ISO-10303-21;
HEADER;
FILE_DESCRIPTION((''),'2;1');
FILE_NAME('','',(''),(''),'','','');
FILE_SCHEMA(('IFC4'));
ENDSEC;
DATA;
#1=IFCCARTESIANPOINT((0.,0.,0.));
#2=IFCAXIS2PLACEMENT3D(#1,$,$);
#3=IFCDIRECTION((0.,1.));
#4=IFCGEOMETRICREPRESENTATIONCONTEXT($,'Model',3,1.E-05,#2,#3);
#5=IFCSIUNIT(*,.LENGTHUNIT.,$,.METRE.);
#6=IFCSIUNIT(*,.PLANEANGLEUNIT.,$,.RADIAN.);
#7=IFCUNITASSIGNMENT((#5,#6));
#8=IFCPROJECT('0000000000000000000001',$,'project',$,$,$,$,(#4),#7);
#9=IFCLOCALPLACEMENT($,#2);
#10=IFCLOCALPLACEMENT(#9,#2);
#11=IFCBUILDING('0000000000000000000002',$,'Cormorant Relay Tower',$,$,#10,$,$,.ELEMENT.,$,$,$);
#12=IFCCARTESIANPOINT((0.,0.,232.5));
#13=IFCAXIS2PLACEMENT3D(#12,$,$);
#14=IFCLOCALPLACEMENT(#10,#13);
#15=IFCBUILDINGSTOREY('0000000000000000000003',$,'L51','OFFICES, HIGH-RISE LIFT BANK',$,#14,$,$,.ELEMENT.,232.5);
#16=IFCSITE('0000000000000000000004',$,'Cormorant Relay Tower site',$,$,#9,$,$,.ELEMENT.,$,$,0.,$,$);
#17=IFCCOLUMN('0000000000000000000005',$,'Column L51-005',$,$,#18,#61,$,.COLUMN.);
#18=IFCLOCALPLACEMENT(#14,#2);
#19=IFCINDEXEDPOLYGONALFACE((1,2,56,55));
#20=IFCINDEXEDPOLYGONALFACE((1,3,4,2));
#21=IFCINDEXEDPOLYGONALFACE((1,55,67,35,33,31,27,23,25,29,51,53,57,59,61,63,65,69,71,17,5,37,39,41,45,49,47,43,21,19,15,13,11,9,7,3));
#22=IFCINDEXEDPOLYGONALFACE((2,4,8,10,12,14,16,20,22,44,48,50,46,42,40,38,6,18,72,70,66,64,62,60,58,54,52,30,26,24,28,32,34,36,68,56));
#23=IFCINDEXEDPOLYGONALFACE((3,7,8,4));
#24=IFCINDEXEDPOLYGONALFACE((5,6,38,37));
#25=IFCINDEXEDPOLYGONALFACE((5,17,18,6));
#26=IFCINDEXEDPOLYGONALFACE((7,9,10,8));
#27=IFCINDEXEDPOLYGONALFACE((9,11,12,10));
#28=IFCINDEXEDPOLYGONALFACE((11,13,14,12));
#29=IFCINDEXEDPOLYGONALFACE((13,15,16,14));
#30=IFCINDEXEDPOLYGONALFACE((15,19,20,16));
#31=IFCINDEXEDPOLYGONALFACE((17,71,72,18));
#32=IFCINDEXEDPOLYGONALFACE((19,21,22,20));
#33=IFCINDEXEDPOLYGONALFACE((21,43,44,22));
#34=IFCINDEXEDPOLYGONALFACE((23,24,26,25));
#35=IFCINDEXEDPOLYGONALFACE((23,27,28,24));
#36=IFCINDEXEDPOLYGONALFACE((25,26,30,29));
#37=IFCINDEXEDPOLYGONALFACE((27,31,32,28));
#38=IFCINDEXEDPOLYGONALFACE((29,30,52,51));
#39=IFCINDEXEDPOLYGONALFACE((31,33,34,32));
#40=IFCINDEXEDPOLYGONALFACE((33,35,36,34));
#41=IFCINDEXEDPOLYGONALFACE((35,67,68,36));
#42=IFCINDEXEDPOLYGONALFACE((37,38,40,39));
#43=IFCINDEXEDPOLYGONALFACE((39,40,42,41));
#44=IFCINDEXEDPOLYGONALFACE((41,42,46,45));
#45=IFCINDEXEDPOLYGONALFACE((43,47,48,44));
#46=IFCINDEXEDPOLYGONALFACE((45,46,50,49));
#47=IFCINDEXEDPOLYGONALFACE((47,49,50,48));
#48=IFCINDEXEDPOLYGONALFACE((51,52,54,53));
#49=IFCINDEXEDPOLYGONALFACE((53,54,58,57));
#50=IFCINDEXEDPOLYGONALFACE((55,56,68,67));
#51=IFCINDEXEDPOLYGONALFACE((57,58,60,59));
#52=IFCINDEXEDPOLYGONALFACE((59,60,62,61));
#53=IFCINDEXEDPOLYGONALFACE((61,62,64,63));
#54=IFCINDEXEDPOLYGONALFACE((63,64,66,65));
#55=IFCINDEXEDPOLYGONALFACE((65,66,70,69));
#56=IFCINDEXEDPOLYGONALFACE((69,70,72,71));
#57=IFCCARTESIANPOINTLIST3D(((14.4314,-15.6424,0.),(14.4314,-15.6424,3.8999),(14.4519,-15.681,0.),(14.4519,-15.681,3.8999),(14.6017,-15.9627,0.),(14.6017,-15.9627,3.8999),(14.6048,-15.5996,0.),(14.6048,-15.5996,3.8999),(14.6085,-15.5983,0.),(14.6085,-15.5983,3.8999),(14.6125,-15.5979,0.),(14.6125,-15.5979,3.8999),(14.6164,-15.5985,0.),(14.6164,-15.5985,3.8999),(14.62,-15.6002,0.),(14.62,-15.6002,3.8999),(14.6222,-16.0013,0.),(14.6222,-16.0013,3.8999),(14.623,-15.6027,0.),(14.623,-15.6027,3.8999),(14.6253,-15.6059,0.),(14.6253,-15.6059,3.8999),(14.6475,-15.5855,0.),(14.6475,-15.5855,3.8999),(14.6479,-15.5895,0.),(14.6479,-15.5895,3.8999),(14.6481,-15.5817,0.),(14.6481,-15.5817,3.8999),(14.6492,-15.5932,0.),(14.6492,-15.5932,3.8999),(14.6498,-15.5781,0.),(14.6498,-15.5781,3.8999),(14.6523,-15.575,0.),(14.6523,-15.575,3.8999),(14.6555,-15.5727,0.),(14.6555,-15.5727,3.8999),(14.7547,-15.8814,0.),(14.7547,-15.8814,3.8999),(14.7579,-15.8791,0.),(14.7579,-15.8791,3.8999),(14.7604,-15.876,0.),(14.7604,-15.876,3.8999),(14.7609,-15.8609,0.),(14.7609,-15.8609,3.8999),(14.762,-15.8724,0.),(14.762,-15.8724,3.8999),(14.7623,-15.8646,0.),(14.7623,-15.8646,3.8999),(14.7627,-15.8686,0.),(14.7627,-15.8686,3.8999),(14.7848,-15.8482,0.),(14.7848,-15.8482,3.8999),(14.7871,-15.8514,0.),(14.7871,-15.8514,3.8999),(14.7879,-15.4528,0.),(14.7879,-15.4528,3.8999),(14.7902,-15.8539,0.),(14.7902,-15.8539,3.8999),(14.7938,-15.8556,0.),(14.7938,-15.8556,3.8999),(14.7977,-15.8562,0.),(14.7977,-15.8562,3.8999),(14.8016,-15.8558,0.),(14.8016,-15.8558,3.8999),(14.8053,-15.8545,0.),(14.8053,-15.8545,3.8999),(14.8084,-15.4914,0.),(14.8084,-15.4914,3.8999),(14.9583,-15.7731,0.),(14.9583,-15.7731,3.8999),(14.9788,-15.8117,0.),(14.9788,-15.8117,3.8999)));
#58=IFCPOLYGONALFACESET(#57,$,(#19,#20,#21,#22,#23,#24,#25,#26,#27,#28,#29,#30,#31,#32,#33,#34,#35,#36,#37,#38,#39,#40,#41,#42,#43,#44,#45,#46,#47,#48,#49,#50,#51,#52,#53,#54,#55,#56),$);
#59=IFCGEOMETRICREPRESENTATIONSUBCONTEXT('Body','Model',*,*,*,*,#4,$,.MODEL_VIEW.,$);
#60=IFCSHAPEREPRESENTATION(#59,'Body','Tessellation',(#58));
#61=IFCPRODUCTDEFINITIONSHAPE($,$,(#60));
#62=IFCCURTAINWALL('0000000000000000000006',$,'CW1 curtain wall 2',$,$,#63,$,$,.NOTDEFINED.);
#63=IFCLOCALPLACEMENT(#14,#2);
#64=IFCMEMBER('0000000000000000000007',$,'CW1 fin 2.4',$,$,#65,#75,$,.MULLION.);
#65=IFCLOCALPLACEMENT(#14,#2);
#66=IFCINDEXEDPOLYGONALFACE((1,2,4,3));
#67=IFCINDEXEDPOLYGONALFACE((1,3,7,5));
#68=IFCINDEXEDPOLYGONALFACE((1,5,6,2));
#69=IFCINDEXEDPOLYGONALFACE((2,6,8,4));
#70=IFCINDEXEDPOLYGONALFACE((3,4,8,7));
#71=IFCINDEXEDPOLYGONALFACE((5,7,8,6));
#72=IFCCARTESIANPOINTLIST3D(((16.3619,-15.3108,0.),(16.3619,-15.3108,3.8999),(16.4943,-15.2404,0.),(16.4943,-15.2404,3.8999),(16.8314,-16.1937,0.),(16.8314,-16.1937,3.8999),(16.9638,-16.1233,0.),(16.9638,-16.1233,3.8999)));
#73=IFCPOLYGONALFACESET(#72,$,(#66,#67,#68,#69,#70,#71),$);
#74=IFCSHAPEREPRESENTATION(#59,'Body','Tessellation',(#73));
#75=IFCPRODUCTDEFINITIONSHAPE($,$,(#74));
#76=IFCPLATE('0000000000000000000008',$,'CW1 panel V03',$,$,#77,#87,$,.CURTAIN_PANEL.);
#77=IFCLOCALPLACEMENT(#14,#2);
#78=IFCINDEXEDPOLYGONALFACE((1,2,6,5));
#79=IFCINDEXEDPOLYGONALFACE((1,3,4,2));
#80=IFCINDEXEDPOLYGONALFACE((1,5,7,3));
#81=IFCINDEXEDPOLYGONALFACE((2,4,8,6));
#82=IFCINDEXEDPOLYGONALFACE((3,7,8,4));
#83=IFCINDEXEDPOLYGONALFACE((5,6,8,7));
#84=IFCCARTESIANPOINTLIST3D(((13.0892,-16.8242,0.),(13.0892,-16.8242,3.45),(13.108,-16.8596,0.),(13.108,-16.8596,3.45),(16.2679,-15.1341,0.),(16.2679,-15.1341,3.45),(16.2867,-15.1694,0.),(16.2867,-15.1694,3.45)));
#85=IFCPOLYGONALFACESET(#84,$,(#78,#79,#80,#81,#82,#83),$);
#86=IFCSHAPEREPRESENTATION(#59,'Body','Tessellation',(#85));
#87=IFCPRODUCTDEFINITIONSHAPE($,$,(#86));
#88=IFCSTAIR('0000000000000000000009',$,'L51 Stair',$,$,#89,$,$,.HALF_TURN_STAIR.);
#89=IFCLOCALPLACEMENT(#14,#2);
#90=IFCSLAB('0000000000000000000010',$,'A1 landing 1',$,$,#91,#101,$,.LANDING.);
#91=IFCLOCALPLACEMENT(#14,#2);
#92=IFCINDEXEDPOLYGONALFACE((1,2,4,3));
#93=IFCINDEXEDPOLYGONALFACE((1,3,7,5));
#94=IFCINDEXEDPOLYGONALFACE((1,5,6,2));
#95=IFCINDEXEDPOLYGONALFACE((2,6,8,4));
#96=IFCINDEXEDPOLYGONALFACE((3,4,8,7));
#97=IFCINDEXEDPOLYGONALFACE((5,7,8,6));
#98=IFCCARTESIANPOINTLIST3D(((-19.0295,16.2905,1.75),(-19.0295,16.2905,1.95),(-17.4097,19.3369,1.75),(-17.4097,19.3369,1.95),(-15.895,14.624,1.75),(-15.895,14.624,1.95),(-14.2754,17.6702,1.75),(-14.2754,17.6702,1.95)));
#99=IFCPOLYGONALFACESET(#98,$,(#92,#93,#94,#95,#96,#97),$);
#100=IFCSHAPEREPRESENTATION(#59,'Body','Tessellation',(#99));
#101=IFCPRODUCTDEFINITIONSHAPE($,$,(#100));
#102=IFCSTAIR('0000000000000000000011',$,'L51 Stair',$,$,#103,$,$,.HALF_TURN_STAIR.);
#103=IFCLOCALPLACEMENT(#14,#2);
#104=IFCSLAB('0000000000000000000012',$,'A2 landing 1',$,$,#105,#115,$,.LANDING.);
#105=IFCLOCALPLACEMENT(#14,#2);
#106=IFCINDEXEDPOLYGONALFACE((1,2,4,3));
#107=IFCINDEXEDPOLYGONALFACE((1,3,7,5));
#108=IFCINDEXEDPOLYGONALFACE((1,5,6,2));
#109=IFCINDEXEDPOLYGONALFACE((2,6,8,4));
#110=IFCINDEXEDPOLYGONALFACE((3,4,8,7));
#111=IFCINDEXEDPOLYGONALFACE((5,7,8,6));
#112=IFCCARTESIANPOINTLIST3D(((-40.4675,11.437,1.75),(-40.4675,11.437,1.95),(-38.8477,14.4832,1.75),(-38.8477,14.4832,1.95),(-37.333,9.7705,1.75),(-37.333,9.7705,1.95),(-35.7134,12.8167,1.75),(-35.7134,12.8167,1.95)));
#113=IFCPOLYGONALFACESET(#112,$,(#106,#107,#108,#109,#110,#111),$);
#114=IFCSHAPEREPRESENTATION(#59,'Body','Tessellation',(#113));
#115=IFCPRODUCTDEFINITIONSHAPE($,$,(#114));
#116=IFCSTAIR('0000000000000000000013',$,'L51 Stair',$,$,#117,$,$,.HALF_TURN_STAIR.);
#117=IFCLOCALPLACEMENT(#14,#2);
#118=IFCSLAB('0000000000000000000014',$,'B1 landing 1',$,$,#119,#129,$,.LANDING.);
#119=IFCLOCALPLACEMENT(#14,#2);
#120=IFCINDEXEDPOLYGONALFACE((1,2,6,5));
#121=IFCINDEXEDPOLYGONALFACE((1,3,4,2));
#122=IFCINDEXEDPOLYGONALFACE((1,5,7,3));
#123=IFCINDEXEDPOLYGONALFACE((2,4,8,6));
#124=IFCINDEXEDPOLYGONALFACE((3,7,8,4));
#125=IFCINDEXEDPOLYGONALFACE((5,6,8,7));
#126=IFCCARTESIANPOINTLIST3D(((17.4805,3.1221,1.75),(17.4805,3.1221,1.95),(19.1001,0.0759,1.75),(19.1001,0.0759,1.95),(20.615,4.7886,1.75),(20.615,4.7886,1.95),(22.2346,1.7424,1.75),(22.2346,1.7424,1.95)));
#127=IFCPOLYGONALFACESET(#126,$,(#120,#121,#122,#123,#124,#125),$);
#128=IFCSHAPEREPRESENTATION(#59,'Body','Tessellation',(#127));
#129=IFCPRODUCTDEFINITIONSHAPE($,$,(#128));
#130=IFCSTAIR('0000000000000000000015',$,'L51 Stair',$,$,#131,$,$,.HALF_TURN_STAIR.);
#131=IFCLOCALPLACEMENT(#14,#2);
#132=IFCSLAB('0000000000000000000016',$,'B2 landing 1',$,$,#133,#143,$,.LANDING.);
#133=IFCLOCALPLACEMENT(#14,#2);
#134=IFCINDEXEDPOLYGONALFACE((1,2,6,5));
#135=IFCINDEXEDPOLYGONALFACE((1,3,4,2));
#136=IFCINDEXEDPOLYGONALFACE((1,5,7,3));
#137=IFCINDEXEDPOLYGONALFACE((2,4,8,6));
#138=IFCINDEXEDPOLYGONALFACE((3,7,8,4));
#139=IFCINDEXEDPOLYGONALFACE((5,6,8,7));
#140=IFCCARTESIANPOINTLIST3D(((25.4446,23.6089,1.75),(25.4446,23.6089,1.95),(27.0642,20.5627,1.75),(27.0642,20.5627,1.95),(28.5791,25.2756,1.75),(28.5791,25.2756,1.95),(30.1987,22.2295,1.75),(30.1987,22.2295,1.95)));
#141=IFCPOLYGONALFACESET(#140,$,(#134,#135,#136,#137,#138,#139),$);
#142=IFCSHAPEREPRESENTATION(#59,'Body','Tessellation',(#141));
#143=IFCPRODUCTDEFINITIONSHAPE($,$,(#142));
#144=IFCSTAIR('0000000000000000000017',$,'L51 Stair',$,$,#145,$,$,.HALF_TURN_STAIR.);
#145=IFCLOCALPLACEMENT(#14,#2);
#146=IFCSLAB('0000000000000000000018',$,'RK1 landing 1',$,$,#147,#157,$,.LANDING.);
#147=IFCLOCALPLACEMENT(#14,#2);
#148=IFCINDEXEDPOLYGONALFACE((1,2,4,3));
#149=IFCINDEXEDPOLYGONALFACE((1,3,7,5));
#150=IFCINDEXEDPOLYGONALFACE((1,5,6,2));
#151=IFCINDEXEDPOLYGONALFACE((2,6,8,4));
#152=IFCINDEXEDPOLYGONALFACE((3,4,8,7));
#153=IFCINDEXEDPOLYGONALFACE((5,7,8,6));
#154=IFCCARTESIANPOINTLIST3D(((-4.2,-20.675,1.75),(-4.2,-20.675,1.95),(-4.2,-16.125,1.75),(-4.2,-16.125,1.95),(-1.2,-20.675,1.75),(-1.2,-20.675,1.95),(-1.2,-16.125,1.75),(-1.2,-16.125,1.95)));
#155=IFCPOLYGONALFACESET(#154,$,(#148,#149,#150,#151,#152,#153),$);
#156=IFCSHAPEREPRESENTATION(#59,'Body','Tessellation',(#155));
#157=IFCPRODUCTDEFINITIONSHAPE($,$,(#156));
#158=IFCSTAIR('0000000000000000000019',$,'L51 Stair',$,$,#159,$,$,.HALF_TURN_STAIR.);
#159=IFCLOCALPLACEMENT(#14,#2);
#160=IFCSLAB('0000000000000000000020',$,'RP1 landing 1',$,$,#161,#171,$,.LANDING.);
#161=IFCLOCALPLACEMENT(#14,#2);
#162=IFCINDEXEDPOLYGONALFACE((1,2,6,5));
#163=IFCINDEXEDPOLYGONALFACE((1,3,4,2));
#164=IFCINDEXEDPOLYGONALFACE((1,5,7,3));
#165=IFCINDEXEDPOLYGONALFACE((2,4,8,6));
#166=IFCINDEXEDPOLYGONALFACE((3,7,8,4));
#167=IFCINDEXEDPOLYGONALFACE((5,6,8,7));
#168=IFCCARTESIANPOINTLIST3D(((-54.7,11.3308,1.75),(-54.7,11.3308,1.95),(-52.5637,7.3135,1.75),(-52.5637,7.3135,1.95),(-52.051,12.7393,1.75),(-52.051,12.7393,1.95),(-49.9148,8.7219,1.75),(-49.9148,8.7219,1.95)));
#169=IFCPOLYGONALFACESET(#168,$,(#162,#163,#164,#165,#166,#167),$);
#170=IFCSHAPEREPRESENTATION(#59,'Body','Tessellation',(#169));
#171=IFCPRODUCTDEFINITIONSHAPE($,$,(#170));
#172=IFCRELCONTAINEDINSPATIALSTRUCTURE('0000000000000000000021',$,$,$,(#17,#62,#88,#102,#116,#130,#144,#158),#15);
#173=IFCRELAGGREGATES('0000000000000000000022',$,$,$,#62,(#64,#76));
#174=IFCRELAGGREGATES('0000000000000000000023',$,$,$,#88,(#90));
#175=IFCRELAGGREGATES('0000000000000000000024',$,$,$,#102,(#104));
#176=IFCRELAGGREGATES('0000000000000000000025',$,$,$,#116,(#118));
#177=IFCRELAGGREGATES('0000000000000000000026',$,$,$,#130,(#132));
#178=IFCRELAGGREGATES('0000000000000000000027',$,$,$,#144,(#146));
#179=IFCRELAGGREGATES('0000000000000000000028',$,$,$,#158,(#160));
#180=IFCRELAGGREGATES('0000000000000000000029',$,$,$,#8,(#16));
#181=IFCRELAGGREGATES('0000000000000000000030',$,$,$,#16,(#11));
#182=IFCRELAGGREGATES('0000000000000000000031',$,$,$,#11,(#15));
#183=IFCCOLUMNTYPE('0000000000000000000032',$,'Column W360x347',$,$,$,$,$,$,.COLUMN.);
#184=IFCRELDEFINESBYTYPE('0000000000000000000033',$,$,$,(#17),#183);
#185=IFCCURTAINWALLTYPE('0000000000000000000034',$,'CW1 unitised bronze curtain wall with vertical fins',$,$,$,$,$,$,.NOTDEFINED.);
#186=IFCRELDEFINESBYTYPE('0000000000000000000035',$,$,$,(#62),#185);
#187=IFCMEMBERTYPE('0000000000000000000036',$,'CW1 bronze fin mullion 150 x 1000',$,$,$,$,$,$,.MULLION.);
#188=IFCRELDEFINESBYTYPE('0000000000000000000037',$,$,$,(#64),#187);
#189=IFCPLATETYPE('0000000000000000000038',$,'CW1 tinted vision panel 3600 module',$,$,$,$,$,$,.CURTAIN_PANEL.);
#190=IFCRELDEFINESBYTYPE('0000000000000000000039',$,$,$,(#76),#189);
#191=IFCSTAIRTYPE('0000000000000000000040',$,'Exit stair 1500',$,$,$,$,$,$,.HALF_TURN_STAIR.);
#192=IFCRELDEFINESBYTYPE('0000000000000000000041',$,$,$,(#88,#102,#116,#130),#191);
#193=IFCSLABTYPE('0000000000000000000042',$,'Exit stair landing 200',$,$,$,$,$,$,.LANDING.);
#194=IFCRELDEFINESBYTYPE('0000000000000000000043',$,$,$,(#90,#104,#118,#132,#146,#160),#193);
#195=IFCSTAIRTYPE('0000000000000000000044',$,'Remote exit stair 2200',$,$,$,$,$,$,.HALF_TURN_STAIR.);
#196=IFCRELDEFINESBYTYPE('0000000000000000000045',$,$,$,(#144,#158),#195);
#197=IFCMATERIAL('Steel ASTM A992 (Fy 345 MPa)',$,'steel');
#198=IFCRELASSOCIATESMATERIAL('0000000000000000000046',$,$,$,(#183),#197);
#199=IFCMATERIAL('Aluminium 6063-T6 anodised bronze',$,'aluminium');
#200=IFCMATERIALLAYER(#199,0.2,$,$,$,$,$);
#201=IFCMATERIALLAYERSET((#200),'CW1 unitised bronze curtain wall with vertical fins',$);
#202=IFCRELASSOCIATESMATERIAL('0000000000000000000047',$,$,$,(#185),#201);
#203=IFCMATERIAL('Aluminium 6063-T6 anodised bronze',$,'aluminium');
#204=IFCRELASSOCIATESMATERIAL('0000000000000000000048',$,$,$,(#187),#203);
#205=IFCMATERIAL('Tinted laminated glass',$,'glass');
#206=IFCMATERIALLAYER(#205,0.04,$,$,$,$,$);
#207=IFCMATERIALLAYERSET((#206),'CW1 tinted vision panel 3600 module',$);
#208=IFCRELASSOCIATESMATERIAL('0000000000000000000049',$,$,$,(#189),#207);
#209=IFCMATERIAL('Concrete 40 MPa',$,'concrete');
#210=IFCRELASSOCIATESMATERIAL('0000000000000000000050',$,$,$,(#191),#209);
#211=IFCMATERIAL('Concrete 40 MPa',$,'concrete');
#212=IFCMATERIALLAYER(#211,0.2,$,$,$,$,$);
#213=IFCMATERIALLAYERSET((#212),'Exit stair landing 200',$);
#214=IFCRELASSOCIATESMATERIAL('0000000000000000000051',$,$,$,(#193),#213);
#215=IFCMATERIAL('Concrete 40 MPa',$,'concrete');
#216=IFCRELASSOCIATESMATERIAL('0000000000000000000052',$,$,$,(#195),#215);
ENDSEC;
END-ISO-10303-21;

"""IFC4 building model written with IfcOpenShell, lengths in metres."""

from ifc_helpers import new_model, si_unit, direction, frame, origin, origin_2d, place, context, subcontext, project, spatial, polyline, rectangle, i_section, outline, extrude, material, layer, layer_set, material_profile, profile_set, type_object, element, aggregate, save


model = new_model("IFC4")

# Units and contexts
model_context = context("Model", 3, precision=1e-05, world=origin(), true_north=direction((0.0, 1.0)))
body_context = subcontext(model_context, "Body", "Model", "MODEL_VIEW")
ifc_project = project(units=[si_unit("LENGTHUNIT", "METRE"), si_unit("PLANEANGLEUNIT", "RADIAN")], contexts=[model_context])

# Site, building, storey
site_placement = place(None, origin())
site = spatial("IfcSite", under=ifc_project, at=site_placement, Name="Cormorant Relay Tower site", CompositionType="ELEMENT", RefElevation=0.0)
building_placement = place(site_placement, origin())
building = spatial("IfcBuilding", under=site, at=building_placement, Name="Cormorant Relay Tower", CompositionType="ELEMENT")
storey_placement = place(building_placement, frame((0.0, 0.0, 232.5)))
storey = spatial("IfcBuildingStorey", under=building, at=storey_placement, Name="L51", Description="OFFICES, HIGH-RISE LIFT BANK", CompositionType="ELEMENT", Elevation=232.5)

# Column
ifc_material_1 = material(Name="Steel ASTM A992 (Fy 345 MPa)", Category="steel")
ifc_material_profile_1 = material_profile(ifc_material_1, i_section(OverallWidth=0.4038, OverallDepth=0.4065, WebThickness=0.0271, FlangeThickness=0.0437, FilletRadius=0.0151, at=origin_2d()), Name="W360x347")
ifc_profile_set_1 = profile_set([ifc_material_profile_1], Name="Steel ASTM A992 (Fy 345 MPa)")
column_type_1 = type_object("IfcColumnType", Name="Column W360x347", PredefinedType="COLUMN", material=ifc_profile_set_1)
column_placement = place(storey_placement, frame((14.7051, -15.7271, 0.0), z_axis=(0.0, 0.0, 1.0), x_axis=(0.882948, 0.469472, 0.0)))
element("IfcColumn", 1, at=column_placement, inside=storey, type_object=column_type_1, Name="Column L51-005", PredefinedType="COLUMN", context=body_context, shape_type="SweptSolid", body=[
    extrude(i_section(OverallWidth=0.4038, OverallDepth=0.4065, WebThickness=0.0271, FlangeThickness=0.0437, FilletRadius=0.0151, at=origin_2d()), origin(), (0.0, 0.0, 1.0), 3.8999),
])

# Curtain wall, member, plate
ifc_material_2 = material(Name="Aluminium 6063-T6 anodised bronze", Category="aluminium")
ifc_layer_1 = layer(ifc_material_2, 0.2)
ifc_layer_set_1 = layer_set([ifc_layer_1], Name="CW1 unitised bronze curtain wall with vertical fins")
curtain_wall_type = type_object("IfcCurtainWallType", Name="CW1 unitised bronze curtain wall with vertical fins", PredefinedType="NOTDEFINED", material=ifc_layer_set_1)
curtain_wall_placement = place(storey_placement, origin())
curtain_wall = element("IfcCurtainWall", 2, at=curtain_wall_placement, inside=storey, type_object=curtain_wall_type, Name="CW1 curtain wall 2", PredefinedType="NOTDEFINED")
ifc_material_3 = material(Name="Aluminium 6063-T6 anodised bronze", Category="aluminium")
ifc_material_profile_2 = material_profile(ifc_material_3, rectangle(XDim=0.1499, YDim=1.0, at=origin_2d()), Name="AL 150x1000")
ifc_profile_set_2 = profile_set([ifc_material_profile_2], Name="Aluminium 6063-T6 anodised bronze")
member_type = type_object("IfcMemberType", Name="CW1 bronze fin mullion 150 x 1000", PredefinedType="MULLION", material=ifc_profile_set_2)
member_placement = place(storey_placement, frame((16.6628, -15.717, 0.0), z_axis=(0.0, 0.0, 1.0), x_axis=(0.882948, 0.469472, 0.0)))
member = element("IfcMember", 3, at=member_placement, type_object=member_type, Name="CW1 fin 2.4", PredefinedType="MULLION", context=body_context, shape_type="SweptSolid", body=[
    extrude(rectangle(XDim=0.1499, YDim=1.0, at=origin_2d()), origin(), (0.0, 0.0, 1.0), 3.8999),
])
ifc_material_4 = material(Name="Tinted laminated glass", Category="glass")
ifc_layer_2 = layer(ifc_material_4, 0.04)
ifc_layer_set_2 = layer_set([ifc_layer_2], Name="CW1 tinted vision panel 3600 module")
plate_type = type_object("IfcPlateType", Name="CW1 tinted vision panel 3600 module", PredefinedType="CURTAIN_PANEL", material=ifc_layer_set_2)
plate_placement = place(storey_placement, frame((14.688, -15.9968, 0.0), z_axis=(0.0, 0.0, 1.0), x_axis=(0.882948, 0.469472, 0.0)))
plate = element("IfcPlate", 4, at=plate_placement, type_object=plate_type, Name="CW1 panel V03", PredefinedType="CURTAIN_PANEL", context=body_context, shape_type="SweptSolid", body=[
    extrude(rectangle(XDim=3.6001, YDim=0.04, at=origin_2d()), origin(), (0.0, 0.0, 1.0), 3.45),
])
aggregate(curtain_wall, [member, plate])

# Stairs, slabs
ifc_material_5 = material(Name="Concrete 40 MPa", Category="concrete")
stair_type_1 = type_object("IfcStairType", Name="Exit stair 1500", PredefinedType="HALF_TURN_STAIR", material=ifc_material_5)
stair_1_placement = place(storey_placement, origin())
stair_1 = element("IfcStair", 5, at=stair_1_placement, inside=storey, type_object=stair_type_1, Name="L51 Stair", PredefinedType="HALF_TURN_STAIR")
ifc_material_6 = material(Name="Concrete 40 MPa", Category="concrete")
ifc_layer_3 = layer(ifc_material_6, 0.2)
ifc_layer_set_3 = layer_set([ifc_layer_3], Name="Exit stair landing 200")
slab_type_1 = type_object("IfcSlabType", Name="Exit stair landing 200", PredefinedType="LANDING", material=ifc_layer_set_3)
slab_1_placement = place(storey_placement, frame((0.0, 0.0, 1.75)))
slab_1 = element("IfcSlab", 6, at=slab_1_placement, type_object=slab_type_1, Name="A1 landing 1", PredefinedType="LANDING", context=body_context, shape_type="SweptSolid", body=[
    extrude(outline(polyline([(-19.0295, 16.2905), (-15.895, 14.624), (-14.2754, 17.6702), (-17.4097, 19.3369), (-19.0295, 16.2905)])), origin(), (0.0, 0.0, 1.0), 0.2),
])
aggregate(stair_1, [slab_1])
stair_2_placement = place(storey_placement, origin())
stair_2 = element("IfcStair", 7, at=stair_2_placement, inside=storey, type_object=stair_type_1, Name="L51 Stair", PredefinedType="HALF_TURN_STAIR")
slab_2_placement = place(storey_placement, frame((0.0, 0.0, 1.75)))
slab_2 = element("IfcSlab", 8, at=slab_2_placement, type_object=slab_type_1, Name="A2 landing 1", PredefinedType="LANDING", context=body_context, shape_type="SweptSolid", body=[
    extrude(outline(polyline([(-35.7134, 12.8167), (-38.8477, 14.4832), (-40.4675, 11.437), (-37.333, 9.7705), (-35.7134, 12.8167)])), origin(), (0.0, 0.0, 1.0), 0.2),
])
aggregate(stair_2, [slab_2])
stair_3_placement = place(storey_placement, origin())
stair_3 = element("IfcStair", 9, at=stair_3_placement, inside=storey, type_object=stair_type_1, Name="L51 Stair", PredefinedType="HALF_TURN_STAIR")
slab_3_placement = place(storey_placement, frame((0.0, 0.0, 1.75)))
slab_3 = element("IfcSlab", 10, at=slab_3_placement, type_object=slab_type_1, Name="B1 landing 1", PredefinedType="LANDING", context=body_context, shape_type="SweptSolid", body=[
    extrude(outline(polyline([(20.615, 4.7886), (17.4805, 3.1221), (19.1001, 0.0759), (22.2346, 1.7424), (20.615, 4.7886)])), origin(), (0.0, 0.0, 1.0), 0.2),
])
aggregate(stair_3, [slab_3])
stair_4_placement = place(storey_placement, origin())
stair_4 = element("IfcStair", 11, at=stair_4_placement, inside=storey, type_object=stair_type_1, Name="L51 Stair", PredefinedType="HALF_TURN_STAIR")
slab_4_placement = place(storey_placement, frame((0.0, 0.0, 1.75)))
slab_4 = element("IfcSlab", 12, at=slab_4_placement, type_object=slab_type_1, Name="B2 landing 1", PredefinedType="LANDING", context=body_context, shape_type="SweptSolid", body=[
    extrude(outline(polyline([(27.0642, 20.5627), (30.1987, 22.2295), (28.5791, 25.2756), (25.4446, 23.6089), (27.0642, 20.5627)])), origin(), (0.0, 0.0, 1.0), 0.2),
])
aggregate(stair_4, [slab_4])
ifc_material_7 = material(Name="Concrete 40 MPa", Category="concrete")
stair_type_2 = type_object("IfcStairType", Name="Remote exit stair 2200", PredefinedType="HALF_TURN_STAIR", material=ifc_material_7)
stair_5_placement = place(storey_placement, origin())
stair_5 = element("IfcStair", 13, at=stair_5_placement, inside=storey, type_object=stair_type_2, Name="L51 Stair", PredefinedType="HALF_TURN_STAIR")
slab_5_placement = place(storey_placement, frame((0.0, 0.0, 1.75)))
slab_5 = element("IfcSlab", 14, at=slab_5_placement, type_object=slab_type_1, Name="RK1 landing 1", PredefinedType="LANDING", context=body_context, shape_type="SweptSolid", body=[
    extrude(outline(polyline([(-1.2, -16.125), (-4.2, -16.125), (-4.2, -20.675), (-1.2, -20.675), (-1.2, -16.125)])), origin(), (0.0, 0.0, 1.0), 0.2),
])
aggregate(stair_5, [slab_5])
stair_6_placement = place(storey_placement, origin())
stair_6 = element("IfcStair", 15, at=stair_6_placement, inside=storey, type_object=stair_type_2, Name="L51 Stair", PredefinedType="HALF_TURN_STAIR")
slab_6_placement = place(storey_placement, frame((0.0, 0.0, 1.75)))
slab_6 = element("IfcSlab", 16, at=slab_6_placement, type_object=slab_type_1, Name="RP1 landing 1", PredefinedType="LANDING", context=body_context, shape_type="SweptSolid", body=[
    extrude(outline(polyline([(-52.051, 12.7393), (-54.7, 11.3308), (-52.5637, 7.3135), (-49.9148, 8.7219), (-52.051, 12.7393)])), origin(), (0.0, 0.0, 1.0), 0.2),
])
aggregate(stair_6, [slab_6])

save(model, "model.ifc")
